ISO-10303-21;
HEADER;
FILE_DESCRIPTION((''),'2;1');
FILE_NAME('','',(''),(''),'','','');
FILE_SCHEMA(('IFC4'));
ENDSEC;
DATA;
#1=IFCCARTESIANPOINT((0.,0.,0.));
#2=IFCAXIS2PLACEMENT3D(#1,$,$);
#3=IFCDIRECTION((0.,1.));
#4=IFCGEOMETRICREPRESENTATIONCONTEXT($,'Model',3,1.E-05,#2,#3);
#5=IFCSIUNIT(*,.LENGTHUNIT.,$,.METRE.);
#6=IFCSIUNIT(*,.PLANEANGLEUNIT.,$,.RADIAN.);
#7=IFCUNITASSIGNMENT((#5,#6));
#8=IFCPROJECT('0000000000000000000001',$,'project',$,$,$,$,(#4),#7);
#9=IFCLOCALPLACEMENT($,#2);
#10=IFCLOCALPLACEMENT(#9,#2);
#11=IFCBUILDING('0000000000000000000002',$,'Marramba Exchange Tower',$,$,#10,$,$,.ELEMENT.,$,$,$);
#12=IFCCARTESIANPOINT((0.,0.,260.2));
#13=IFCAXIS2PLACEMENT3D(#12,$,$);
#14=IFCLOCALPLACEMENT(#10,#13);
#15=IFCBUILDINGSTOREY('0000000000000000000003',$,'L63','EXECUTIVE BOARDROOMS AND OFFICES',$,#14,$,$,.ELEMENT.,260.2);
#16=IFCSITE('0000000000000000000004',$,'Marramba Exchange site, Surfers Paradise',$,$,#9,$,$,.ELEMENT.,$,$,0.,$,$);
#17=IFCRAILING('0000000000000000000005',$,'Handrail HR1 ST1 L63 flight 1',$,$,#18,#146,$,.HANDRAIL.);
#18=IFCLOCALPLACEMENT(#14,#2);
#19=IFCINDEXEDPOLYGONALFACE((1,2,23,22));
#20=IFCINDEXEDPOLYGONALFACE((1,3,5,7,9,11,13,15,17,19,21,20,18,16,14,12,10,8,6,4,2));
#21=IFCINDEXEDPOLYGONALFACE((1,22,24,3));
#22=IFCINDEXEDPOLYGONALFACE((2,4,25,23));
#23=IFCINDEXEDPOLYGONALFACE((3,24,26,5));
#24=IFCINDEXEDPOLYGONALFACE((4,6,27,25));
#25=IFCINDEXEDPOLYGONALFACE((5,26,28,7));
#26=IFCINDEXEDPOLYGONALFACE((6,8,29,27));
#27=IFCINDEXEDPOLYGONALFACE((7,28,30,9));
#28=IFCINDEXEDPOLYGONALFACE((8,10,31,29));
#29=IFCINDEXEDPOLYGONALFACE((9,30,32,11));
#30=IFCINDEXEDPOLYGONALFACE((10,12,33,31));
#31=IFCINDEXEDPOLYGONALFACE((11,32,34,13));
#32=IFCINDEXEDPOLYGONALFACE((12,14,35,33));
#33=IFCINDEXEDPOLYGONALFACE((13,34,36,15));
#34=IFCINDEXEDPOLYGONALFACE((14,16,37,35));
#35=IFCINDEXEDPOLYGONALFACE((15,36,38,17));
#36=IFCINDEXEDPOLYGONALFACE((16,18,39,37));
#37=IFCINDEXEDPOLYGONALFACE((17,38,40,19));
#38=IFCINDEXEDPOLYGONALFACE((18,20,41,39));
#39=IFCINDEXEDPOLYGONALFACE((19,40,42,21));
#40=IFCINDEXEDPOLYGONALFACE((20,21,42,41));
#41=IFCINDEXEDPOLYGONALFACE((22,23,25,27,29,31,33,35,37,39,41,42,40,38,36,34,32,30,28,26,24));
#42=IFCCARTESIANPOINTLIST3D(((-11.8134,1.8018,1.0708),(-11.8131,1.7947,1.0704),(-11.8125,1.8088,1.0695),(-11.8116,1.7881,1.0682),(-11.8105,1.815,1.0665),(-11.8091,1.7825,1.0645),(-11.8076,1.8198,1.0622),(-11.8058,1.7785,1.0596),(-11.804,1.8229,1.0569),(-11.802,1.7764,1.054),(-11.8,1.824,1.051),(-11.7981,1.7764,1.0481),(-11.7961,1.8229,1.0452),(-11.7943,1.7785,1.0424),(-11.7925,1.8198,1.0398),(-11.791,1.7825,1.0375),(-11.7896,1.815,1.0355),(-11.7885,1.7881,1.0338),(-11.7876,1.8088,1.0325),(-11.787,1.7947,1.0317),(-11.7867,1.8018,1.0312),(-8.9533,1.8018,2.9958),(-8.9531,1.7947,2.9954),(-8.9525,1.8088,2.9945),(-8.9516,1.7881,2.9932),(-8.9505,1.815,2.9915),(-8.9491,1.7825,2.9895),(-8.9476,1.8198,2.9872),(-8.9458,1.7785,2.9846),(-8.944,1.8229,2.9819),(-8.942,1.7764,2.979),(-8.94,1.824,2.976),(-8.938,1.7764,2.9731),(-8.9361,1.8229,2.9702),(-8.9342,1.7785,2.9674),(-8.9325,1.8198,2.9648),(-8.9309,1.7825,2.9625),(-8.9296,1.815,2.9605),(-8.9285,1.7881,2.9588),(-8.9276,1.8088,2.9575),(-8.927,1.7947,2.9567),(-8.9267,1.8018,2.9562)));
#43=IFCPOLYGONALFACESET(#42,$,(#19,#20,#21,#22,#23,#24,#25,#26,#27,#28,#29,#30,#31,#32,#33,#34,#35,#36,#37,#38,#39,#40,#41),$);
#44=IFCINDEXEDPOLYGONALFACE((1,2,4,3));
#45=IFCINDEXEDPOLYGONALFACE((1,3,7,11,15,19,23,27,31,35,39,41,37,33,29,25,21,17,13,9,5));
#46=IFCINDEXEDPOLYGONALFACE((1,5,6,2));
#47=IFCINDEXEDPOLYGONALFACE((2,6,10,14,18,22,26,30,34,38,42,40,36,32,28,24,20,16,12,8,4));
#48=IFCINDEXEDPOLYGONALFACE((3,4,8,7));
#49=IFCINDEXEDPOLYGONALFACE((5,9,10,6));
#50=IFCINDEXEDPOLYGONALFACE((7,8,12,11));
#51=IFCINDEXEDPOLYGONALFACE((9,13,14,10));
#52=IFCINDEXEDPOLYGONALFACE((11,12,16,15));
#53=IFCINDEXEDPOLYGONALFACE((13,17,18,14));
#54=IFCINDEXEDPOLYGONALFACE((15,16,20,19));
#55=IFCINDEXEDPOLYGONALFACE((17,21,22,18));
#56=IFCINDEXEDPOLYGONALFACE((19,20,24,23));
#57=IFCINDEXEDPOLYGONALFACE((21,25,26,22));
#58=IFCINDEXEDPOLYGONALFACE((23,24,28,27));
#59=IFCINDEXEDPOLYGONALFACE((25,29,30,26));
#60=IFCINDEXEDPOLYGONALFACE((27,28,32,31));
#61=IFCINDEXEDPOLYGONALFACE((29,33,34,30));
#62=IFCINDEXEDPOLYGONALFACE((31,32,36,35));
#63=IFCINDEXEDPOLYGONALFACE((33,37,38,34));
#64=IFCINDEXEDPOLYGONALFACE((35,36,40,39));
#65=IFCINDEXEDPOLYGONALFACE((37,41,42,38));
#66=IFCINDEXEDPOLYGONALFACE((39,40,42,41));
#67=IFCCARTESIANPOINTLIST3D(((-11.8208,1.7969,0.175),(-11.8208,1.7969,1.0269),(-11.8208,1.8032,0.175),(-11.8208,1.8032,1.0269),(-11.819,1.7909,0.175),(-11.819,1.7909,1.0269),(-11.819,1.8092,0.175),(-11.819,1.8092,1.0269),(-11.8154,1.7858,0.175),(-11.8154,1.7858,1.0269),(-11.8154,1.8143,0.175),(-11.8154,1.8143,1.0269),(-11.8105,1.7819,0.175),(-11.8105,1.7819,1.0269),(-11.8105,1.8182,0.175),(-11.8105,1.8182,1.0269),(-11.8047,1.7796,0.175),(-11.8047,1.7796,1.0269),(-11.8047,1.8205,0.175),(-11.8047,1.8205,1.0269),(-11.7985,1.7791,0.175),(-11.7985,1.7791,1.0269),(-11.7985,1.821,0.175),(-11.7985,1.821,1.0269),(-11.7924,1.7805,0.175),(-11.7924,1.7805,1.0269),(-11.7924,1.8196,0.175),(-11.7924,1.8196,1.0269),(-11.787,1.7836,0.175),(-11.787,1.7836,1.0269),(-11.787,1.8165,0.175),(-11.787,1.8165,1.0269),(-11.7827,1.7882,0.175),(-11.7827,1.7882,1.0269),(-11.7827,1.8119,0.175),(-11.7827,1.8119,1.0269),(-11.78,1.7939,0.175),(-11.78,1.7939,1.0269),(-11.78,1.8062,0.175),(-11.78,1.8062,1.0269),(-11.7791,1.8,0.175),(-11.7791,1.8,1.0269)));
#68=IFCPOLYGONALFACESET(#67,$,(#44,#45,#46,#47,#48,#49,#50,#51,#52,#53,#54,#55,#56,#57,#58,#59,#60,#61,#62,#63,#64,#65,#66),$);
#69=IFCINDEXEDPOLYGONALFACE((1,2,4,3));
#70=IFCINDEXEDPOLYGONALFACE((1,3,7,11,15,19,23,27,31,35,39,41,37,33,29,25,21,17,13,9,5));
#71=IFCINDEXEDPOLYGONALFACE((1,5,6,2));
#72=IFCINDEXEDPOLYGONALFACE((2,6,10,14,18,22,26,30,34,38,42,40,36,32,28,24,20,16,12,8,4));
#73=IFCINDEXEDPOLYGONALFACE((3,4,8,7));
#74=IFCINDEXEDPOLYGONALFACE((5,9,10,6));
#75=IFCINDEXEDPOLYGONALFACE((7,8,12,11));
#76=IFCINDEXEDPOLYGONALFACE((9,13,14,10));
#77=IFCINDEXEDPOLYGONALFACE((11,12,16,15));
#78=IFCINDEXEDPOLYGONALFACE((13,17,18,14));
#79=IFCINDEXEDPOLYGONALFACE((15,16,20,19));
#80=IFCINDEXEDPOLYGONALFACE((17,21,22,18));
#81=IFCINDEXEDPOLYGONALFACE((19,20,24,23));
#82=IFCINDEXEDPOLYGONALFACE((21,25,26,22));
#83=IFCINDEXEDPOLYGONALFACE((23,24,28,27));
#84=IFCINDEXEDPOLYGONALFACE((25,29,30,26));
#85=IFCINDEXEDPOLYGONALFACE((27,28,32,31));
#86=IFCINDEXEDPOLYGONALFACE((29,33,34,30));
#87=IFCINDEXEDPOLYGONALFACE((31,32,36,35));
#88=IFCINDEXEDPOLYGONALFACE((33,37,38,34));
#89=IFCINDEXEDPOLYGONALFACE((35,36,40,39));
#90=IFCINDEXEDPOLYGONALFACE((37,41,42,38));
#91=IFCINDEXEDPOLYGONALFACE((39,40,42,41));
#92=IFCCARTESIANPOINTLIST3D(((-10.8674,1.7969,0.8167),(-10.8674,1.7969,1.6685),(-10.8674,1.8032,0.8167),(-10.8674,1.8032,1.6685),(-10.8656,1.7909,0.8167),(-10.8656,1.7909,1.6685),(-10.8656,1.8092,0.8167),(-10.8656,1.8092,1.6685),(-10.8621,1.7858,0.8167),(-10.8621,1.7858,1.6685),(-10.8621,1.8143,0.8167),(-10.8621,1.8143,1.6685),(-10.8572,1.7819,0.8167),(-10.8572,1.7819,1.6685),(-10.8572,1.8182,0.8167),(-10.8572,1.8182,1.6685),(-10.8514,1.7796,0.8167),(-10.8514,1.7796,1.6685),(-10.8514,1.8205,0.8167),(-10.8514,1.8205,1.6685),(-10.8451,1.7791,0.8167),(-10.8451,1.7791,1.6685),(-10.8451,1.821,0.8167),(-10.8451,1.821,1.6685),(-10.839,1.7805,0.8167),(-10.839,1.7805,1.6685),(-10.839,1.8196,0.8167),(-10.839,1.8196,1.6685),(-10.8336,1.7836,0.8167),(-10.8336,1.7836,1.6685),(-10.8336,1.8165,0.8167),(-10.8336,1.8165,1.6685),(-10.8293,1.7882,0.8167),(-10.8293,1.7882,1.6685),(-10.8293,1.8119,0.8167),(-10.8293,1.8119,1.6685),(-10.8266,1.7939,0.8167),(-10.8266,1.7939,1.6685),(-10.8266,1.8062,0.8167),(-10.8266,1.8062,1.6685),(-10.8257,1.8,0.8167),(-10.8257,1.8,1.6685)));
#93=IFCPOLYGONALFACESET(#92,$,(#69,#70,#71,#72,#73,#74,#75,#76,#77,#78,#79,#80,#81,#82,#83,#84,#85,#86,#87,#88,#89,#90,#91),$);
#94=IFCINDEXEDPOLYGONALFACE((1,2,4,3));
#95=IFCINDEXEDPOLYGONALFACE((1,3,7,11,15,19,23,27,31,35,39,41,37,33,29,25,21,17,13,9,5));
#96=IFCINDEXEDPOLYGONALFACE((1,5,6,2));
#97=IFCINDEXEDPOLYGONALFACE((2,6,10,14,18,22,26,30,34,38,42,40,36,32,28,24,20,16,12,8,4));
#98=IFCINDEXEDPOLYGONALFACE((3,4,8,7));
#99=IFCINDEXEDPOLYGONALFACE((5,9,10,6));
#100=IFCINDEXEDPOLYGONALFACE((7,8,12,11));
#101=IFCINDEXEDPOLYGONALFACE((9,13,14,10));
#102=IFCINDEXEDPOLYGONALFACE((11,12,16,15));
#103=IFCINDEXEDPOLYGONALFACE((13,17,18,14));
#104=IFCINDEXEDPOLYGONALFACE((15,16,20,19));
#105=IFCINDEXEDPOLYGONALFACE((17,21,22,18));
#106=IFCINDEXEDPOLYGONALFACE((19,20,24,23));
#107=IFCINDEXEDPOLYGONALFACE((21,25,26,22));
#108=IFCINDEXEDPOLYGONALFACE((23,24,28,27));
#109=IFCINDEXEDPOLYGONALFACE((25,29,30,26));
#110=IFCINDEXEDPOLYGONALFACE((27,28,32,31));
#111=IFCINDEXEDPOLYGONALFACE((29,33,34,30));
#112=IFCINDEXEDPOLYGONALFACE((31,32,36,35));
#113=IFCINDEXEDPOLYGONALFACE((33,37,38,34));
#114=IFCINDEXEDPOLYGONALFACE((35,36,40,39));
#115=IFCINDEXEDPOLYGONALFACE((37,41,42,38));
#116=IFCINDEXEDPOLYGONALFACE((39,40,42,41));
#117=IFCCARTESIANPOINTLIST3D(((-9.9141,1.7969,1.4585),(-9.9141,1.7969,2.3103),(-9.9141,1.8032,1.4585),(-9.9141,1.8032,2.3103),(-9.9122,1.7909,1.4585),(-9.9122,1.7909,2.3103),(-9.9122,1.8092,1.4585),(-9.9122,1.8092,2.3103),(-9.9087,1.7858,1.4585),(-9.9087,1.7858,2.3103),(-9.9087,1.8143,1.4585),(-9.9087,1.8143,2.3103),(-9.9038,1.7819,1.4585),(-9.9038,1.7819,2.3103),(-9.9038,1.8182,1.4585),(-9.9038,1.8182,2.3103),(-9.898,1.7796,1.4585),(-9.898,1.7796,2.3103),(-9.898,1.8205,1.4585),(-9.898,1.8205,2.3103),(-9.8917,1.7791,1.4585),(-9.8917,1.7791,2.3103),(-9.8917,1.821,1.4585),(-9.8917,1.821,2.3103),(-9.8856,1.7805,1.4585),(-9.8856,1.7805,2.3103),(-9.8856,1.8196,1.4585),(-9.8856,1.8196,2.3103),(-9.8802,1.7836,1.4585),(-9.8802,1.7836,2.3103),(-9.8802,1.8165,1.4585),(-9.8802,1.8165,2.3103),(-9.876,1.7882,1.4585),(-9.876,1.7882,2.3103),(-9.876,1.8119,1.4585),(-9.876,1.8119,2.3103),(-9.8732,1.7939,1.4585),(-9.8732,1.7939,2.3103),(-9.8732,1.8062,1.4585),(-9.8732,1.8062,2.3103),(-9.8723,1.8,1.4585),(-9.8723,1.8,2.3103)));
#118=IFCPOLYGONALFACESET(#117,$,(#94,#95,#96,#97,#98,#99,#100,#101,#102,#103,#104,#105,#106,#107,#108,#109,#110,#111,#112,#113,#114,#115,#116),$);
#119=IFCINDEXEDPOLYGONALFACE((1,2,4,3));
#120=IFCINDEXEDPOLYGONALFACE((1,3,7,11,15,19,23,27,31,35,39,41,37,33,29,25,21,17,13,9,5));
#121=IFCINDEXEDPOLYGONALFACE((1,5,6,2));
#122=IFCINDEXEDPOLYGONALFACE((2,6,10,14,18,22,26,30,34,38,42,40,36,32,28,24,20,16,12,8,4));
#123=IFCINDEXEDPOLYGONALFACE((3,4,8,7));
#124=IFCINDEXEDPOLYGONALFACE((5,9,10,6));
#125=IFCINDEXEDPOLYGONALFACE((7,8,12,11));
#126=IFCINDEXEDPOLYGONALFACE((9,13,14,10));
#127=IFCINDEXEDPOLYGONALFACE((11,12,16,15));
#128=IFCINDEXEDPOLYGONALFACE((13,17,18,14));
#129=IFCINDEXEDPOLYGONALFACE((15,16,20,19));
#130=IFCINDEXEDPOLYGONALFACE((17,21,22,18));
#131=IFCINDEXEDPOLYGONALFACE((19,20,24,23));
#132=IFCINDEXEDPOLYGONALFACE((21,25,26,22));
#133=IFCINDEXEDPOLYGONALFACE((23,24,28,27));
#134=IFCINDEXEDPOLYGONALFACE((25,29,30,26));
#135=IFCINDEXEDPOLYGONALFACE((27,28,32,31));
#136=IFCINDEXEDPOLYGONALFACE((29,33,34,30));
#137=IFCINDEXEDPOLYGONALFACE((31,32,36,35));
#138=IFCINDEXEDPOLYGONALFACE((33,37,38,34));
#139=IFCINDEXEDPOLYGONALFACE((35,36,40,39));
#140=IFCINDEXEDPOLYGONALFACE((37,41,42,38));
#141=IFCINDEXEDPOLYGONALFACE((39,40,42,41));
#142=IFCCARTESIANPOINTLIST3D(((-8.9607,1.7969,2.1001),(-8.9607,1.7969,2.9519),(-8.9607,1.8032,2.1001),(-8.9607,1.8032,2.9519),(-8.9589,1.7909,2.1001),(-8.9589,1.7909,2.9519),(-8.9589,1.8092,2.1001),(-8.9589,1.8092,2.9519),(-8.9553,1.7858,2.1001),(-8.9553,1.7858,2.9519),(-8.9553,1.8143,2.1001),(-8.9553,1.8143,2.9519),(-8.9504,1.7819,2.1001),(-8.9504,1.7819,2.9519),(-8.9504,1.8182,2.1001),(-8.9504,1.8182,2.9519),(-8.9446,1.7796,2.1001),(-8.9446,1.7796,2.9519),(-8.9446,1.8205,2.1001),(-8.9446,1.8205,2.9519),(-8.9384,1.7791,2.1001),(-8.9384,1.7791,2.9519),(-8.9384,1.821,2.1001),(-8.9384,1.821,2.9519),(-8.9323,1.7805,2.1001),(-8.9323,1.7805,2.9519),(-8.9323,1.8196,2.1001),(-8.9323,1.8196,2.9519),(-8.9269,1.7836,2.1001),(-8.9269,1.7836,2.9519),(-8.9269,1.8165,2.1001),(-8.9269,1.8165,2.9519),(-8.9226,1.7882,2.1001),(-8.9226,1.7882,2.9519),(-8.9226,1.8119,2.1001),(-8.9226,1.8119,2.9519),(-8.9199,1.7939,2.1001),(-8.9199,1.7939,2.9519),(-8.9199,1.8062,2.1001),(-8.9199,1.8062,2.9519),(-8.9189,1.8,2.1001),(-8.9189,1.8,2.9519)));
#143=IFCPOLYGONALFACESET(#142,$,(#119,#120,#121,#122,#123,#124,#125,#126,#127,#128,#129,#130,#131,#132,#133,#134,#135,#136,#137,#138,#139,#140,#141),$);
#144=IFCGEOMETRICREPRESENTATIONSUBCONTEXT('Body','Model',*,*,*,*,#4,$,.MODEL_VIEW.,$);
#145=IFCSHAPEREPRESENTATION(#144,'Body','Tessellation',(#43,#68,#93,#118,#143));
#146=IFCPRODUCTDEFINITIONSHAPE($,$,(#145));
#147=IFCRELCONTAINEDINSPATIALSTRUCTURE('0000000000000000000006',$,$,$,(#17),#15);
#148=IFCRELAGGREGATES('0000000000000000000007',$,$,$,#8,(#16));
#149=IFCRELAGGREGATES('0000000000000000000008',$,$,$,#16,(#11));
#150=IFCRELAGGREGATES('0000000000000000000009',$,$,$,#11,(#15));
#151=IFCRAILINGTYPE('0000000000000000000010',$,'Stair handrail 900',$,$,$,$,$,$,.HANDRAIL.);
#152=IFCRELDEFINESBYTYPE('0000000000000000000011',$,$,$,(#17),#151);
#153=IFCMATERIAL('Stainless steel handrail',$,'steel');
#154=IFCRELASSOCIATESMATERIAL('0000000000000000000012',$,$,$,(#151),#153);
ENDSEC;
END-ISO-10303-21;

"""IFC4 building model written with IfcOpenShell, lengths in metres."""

from ifc_helpers import new_model, si_unit, direction, frame, origin, origin_2d, place, context, subcontext, project, spatial, circle, extrude, material, type_object, element, save


model = new_model("IFC4")

# Units and contexts
model_context = context("Model", 3, precision=1e-05, world=origin(), true_north=direction((0.0, 1.0)))
body_context = subcontext(model_context, "Body", "Model", "MODEL_VIEW")
ifc_project = project(units=[si_unit("LENGTHUNIT", "METRE"), si_unit("PLANEANGLEUNIT", "RADIAN")], contexts=[model_context])

# Site, building, storey
site_placement = place(None, origin())
site = spatial("IfcSite", under=ifc_project, at=site_placement, Name="Marramba Exchange site, Surfers Paradise", CompositionType="ELEMENT", RefElevation=0.0)
building_placement = place(site_placement, origin())
building = spatial("IfcBuilding", under=site, at=building_placement, Name="Marramba Exchange Tower", CompositionType="ELEMENT")
storey_placement = place(building_placement, frame((0.0, 0.0, 260.2)))
storey = spatial("IfcBuildingStorey", under=building, at=storey_placement, Name="L63", Description="EXECUTIVE BOARDROOMS AND OFFICES", CompositionType="ELEMENT", Elevation=260.2)

# Railing
ifc_material_1 = material(Name="Stainless steel handrail", Category="steel")
railing_type = type_object("IfcRailingType", Name="Stair handrail 900", PredefinedType="HANDRAIL", material=ifc_material_1)
railing_placement = place(storey_placement, frame((-11.8, 1.8, 0.175)))
element("IfcRailing", 1, at=railing_placement, inside=storey, type_object=railing_type, Name="Handrail HR1 ST1 L63 flight 1", PredefinedType="HANDRAIL", context=body_context, shape_type="SweptSolid", body=[
    extrude(circle(Radius=0.0239, at=origin_2d()), frame((0.0, 0.0, 0.876), z_axis=(0.829591, 0.0, 0.558372), x_axis=(0.0, 1.0, 0.0)), (0.0, 0.0, 1.0), 3.4475),
    extrude(circle(Radius=0.021, at=origin_2d()), origin(), (0.0, 0.0, 1.0), 0.8518),
    extrude(circle(Radius=0.021, at=origin_2d()), frame((0.9534, 0.0, 0.6416)), (0.0, 0.0, 1.0), 0.8518),
    extrude(circle(Radius=0.021, at=origin_2d()), frame((1.9067, 0.0, 1.2834)), (0.0, 0.0, 1.0), 0.8518),
    extrude(circle(Radius=0.021, at=origin_2d()), frame((2.8601, 0.0, 1.925)), (0.0, 0.0, 1.0), 0.8518),
])

save(model, "model.ifc")
